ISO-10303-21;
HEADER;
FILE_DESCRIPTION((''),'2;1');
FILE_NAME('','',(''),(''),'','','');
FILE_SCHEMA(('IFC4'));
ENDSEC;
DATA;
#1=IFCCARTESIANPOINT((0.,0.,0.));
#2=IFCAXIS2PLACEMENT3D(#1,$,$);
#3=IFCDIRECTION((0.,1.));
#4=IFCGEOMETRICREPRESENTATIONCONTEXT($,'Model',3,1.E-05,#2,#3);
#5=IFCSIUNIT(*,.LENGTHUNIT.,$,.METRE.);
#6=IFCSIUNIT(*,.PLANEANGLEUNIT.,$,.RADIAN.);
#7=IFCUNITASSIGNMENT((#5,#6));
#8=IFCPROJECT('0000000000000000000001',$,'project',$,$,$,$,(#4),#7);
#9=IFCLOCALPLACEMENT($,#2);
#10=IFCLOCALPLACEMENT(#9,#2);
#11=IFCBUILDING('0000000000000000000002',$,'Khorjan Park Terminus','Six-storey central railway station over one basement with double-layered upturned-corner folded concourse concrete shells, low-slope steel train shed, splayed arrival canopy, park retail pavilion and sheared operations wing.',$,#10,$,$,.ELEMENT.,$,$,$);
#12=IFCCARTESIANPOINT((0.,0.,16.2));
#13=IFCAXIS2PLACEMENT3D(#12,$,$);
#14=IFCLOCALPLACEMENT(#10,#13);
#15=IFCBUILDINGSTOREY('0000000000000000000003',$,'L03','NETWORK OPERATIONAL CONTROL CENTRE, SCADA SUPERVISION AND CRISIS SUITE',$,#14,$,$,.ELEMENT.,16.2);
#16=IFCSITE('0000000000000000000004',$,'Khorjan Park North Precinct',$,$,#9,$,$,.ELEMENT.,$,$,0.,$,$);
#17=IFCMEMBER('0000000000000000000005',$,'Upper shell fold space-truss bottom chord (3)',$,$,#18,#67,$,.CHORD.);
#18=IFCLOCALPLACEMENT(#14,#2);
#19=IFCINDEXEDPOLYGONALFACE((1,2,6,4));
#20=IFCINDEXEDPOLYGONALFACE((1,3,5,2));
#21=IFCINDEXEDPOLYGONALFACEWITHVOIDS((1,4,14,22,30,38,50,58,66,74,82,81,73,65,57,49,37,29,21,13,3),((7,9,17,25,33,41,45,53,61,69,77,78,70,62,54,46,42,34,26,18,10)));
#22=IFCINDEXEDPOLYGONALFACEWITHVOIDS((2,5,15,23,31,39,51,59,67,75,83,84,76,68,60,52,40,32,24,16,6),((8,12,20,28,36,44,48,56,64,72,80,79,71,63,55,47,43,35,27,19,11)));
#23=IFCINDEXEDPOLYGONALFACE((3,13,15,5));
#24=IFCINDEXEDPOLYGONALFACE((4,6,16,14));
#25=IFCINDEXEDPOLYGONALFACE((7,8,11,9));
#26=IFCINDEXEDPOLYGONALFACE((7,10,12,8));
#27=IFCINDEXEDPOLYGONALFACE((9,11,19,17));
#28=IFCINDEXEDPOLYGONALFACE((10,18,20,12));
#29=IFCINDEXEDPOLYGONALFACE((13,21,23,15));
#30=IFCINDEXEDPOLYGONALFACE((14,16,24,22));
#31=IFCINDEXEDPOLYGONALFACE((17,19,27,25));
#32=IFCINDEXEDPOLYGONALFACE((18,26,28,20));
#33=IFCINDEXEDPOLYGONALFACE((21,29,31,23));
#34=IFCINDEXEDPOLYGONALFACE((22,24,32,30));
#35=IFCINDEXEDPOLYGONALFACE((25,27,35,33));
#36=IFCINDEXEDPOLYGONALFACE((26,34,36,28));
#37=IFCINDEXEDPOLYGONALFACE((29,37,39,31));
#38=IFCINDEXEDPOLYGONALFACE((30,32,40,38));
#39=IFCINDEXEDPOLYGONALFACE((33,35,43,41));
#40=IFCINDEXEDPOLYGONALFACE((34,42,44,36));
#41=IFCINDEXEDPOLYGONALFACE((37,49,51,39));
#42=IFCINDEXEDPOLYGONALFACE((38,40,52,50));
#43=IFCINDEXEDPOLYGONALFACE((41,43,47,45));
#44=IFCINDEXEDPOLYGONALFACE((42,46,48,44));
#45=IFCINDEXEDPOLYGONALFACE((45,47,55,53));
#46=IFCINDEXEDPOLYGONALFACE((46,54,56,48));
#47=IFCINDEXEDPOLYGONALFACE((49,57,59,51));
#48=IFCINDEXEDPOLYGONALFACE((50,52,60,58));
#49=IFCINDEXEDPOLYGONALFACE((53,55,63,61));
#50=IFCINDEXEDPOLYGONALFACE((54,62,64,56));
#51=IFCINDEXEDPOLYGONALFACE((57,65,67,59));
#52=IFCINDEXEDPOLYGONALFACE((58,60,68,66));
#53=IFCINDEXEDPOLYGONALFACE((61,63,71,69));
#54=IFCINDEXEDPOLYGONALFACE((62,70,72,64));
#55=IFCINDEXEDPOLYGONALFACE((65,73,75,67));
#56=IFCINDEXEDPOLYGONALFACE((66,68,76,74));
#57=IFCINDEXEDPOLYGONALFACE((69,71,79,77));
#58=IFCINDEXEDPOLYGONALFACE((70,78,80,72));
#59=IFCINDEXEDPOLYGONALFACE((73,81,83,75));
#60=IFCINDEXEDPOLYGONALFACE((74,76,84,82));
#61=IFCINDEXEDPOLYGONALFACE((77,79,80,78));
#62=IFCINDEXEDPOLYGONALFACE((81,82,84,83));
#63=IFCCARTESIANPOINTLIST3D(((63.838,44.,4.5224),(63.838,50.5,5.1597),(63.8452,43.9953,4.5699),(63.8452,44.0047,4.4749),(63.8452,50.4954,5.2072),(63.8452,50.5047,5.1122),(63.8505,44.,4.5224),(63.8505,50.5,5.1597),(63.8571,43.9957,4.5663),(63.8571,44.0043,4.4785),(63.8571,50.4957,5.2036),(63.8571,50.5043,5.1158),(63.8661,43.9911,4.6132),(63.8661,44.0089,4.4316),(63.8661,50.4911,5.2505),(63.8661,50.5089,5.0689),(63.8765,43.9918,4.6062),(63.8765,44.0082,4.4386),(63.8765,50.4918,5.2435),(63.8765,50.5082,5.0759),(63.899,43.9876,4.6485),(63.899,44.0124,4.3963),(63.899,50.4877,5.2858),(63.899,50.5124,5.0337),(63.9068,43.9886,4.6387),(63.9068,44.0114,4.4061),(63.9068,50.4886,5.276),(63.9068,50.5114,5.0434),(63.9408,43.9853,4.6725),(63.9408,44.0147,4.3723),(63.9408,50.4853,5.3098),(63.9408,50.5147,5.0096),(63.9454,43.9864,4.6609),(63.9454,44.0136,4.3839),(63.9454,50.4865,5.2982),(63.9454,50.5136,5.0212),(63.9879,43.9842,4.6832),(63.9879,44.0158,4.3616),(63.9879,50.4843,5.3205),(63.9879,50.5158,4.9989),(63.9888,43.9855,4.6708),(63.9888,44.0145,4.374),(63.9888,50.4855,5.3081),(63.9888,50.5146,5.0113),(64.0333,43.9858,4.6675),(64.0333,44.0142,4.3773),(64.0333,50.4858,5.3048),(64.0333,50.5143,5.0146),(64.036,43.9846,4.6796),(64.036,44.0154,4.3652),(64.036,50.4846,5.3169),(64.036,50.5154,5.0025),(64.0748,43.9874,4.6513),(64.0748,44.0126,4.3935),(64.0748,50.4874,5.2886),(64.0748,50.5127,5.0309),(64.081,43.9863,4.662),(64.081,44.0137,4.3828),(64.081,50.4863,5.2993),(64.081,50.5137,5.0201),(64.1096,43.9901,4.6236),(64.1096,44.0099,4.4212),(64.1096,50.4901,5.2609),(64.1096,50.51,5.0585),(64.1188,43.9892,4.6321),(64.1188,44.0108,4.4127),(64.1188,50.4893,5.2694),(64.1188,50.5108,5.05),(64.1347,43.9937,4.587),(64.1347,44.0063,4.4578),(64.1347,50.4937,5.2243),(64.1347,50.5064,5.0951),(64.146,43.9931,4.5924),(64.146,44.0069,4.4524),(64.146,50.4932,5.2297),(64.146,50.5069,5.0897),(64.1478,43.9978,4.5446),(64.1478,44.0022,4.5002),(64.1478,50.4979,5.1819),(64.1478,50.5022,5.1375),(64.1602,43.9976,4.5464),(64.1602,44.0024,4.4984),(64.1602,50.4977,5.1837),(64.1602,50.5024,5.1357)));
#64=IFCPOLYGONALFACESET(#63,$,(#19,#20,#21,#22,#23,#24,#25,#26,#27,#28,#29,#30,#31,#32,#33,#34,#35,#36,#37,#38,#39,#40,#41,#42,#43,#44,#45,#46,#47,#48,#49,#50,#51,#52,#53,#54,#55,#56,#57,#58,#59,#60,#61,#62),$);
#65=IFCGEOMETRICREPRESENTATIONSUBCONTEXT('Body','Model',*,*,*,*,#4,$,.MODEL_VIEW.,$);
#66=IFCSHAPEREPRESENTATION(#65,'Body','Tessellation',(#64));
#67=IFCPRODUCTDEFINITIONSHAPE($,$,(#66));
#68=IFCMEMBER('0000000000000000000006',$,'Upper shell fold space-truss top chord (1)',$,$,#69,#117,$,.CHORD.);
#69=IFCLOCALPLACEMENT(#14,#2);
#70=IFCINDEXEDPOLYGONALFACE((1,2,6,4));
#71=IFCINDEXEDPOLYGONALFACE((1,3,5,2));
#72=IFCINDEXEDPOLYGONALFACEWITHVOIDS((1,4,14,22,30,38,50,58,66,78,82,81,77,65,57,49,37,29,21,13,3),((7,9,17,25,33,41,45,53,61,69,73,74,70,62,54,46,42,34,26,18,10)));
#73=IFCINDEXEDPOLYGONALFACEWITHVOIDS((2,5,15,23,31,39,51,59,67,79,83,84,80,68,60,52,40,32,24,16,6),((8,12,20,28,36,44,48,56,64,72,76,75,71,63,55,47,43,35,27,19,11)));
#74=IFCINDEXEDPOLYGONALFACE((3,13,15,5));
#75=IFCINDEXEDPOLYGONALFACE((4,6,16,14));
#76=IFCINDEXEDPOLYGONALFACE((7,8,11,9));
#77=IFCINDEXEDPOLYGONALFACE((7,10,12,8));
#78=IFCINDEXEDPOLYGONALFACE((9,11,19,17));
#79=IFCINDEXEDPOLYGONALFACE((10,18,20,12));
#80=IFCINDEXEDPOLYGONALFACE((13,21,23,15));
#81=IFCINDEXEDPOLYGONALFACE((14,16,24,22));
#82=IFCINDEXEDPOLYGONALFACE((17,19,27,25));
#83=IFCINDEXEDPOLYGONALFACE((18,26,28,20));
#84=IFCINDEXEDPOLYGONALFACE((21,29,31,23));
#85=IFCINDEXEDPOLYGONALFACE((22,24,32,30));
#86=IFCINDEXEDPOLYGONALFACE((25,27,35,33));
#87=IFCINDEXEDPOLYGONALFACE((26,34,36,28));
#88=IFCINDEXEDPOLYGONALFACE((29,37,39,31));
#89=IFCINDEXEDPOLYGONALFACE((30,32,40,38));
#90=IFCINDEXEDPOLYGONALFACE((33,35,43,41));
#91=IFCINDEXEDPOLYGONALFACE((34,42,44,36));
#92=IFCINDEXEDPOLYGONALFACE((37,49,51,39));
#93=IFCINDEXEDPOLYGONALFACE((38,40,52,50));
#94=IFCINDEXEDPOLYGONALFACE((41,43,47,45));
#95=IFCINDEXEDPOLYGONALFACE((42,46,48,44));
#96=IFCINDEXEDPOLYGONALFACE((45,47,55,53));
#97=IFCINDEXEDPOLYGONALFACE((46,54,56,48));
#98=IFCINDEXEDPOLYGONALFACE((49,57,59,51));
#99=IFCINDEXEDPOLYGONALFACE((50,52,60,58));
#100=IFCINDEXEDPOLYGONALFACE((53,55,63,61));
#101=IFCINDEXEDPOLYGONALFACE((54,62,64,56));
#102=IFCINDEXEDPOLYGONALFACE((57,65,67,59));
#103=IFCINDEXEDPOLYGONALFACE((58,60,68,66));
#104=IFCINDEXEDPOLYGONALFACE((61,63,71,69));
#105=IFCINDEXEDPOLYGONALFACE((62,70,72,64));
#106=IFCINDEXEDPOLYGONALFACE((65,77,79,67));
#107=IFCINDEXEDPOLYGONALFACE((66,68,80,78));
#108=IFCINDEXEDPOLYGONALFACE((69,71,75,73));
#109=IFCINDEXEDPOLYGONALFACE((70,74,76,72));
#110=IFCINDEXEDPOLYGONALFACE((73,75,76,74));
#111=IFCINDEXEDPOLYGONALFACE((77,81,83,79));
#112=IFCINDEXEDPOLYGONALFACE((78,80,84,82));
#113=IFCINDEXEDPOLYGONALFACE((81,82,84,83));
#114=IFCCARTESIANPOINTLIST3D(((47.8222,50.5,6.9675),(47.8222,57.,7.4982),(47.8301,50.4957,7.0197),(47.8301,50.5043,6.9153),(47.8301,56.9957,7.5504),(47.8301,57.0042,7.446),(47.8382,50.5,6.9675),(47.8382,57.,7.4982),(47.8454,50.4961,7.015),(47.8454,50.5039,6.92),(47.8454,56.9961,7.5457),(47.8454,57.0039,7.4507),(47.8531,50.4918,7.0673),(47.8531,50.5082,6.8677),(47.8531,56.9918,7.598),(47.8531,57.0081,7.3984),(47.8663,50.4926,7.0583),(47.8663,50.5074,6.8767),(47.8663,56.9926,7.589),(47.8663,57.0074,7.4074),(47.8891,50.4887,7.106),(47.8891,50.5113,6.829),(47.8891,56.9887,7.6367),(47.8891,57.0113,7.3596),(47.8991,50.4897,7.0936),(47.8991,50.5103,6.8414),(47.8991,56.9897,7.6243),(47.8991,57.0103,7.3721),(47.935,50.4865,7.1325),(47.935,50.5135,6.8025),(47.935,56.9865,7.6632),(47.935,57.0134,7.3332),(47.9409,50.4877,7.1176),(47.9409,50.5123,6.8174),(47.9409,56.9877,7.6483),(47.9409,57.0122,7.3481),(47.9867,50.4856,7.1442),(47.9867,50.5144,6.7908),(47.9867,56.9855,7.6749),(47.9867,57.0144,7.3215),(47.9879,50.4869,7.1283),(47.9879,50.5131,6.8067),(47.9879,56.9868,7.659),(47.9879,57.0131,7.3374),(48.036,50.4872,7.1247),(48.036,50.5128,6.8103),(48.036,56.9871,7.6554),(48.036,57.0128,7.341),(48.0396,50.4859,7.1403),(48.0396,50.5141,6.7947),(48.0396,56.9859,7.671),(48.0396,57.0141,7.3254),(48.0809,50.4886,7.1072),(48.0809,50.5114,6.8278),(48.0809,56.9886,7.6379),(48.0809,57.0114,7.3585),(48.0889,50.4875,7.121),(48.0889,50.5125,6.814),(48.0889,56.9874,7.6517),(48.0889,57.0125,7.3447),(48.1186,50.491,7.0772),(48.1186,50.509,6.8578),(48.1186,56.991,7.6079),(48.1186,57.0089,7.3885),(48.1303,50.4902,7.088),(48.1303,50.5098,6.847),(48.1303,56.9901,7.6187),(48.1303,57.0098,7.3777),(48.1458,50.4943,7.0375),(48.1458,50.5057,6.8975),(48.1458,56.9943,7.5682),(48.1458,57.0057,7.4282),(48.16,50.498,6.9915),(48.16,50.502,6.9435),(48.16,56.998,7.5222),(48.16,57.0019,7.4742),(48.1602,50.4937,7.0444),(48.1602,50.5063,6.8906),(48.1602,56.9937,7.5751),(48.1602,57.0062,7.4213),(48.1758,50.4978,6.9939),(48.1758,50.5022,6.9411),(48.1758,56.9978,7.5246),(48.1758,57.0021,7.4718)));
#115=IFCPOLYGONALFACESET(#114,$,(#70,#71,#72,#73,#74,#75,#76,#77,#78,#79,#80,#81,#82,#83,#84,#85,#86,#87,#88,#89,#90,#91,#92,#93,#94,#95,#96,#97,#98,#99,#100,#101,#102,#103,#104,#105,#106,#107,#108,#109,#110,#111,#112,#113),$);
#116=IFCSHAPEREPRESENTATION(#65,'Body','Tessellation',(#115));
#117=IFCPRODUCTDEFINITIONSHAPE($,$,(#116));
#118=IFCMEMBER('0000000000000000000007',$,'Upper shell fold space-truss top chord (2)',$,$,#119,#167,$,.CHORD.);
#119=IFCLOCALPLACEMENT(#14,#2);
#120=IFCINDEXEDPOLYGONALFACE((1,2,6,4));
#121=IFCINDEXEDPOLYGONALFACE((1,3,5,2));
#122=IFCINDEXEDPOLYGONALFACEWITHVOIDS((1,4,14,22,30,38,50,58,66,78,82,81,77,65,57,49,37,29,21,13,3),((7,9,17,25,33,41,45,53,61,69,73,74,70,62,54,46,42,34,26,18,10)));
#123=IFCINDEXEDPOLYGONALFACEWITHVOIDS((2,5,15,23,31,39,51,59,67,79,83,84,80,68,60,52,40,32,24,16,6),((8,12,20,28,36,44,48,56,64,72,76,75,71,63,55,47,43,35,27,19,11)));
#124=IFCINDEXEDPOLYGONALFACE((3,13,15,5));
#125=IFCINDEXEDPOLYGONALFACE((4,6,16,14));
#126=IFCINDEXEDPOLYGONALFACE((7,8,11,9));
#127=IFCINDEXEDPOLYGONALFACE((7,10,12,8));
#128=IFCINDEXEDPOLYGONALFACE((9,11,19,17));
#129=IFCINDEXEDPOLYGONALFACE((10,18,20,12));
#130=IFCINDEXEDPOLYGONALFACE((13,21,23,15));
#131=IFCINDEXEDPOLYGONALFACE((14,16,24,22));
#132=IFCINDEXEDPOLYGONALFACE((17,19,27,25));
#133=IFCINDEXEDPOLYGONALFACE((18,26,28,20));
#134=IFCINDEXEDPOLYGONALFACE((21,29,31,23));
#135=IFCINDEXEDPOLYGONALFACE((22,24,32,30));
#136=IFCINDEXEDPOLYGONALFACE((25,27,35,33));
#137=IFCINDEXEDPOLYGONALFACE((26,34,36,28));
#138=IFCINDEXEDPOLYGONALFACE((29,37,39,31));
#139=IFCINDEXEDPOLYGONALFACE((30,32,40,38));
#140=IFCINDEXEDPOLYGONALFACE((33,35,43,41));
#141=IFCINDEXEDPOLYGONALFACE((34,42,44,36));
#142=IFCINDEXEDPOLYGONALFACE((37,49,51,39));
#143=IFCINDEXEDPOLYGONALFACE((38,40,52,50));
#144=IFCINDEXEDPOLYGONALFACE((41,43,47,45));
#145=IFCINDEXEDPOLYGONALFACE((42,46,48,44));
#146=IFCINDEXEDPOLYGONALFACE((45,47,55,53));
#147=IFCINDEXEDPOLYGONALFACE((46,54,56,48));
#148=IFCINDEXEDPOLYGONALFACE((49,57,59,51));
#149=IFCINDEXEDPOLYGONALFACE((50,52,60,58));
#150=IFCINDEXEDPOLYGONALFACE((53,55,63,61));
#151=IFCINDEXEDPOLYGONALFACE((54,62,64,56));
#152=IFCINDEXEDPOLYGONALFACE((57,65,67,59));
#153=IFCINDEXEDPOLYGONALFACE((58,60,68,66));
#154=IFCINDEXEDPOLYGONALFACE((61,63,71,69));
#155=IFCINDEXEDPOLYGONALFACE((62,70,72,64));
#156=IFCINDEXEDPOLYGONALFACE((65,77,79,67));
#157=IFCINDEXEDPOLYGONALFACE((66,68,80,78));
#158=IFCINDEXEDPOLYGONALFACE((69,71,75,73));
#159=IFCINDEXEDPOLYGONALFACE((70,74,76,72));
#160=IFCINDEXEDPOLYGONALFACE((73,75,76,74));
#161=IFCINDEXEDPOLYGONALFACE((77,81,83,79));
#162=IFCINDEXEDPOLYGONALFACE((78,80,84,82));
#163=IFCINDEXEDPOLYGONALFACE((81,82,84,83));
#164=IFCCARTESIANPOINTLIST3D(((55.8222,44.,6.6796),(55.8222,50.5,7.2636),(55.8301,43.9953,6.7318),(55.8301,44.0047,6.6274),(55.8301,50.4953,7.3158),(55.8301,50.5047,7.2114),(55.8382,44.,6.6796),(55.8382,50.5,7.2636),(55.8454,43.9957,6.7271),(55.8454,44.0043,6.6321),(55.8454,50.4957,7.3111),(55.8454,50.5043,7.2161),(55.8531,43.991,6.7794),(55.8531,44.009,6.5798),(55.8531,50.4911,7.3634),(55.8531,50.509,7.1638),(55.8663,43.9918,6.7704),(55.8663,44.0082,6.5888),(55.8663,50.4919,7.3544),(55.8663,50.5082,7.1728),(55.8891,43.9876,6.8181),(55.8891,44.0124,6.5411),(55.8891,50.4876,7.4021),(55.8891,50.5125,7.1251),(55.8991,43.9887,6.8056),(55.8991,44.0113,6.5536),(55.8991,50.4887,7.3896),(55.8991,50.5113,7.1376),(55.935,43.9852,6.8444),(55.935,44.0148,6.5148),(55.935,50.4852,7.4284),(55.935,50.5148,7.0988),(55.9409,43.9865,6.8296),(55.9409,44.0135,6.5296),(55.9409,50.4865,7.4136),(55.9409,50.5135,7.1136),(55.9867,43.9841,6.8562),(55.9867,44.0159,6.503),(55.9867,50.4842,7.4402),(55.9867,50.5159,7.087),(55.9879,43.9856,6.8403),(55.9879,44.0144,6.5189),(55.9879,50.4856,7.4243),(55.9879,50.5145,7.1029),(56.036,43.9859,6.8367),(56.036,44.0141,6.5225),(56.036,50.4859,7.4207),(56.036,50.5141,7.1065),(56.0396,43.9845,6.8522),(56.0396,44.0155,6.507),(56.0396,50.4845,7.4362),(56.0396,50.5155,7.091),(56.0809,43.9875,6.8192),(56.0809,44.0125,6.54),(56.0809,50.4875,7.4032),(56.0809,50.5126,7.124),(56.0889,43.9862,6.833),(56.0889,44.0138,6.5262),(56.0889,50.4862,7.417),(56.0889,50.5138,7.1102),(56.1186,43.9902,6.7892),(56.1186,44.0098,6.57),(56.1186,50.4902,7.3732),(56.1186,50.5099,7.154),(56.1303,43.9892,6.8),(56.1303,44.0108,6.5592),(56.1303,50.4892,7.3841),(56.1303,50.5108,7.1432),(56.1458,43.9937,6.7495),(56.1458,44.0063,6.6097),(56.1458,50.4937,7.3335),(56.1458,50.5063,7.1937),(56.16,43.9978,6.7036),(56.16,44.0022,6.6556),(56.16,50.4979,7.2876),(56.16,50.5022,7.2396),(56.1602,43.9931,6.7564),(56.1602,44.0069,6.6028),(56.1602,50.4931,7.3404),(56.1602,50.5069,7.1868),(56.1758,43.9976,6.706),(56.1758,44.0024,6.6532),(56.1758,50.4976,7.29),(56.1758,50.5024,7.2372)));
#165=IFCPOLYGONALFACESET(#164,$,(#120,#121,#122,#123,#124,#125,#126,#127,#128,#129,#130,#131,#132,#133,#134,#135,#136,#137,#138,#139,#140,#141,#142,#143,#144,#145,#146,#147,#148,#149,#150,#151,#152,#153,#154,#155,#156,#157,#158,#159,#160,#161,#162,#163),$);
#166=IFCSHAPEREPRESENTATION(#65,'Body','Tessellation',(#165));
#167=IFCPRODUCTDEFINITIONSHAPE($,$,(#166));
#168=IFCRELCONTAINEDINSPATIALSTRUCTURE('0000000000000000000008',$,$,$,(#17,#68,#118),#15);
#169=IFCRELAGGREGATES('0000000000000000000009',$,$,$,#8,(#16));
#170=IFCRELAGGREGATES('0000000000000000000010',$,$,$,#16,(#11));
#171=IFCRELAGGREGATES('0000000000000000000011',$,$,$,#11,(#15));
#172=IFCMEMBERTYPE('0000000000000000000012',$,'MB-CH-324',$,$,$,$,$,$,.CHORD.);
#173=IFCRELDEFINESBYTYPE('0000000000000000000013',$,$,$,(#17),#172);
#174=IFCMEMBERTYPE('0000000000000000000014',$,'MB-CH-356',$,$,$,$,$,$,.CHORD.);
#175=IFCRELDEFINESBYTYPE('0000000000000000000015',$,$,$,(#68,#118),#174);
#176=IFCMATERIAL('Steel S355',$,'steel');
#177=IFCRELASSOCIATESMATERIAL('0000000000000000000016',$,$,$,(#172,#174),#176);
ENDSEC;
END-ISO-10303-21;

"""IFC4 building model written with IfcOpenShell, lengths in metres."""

from ifc_helpers import new_model, si_unit, direction, frame, origin, origin_2d, place, context, subcontext, project, spatial, hollow_circle, extrude, material, material_profile, profile_set, type_object, element, save


model = new_model("IFC4")

# Units and contexts
model_context = context("Model", 3, precision=1e-05, world=origin(), true_north=direction((0.0, 1.0)))
body_context = subcontext(model_context, "Body", "Model", "MODEL_VIEW")
ifc_project = project(units=[si_unit("LENGTHUNIT", "METRE"), si_unit("PLANEANGLEUNIT", "RADIAN")], contexts=[model_context])

# Site, building, storey
site_placement = place(None, origin())
site = spatial("IfcSite", under=ifc_project, at=site_placement, Name="Khorjan Park North Precinct", CompositionType="ELEMENT", RefElevation=0.0)
building_placement = place(site_placement, origin())
building = spatial("IfcBuilding", under=site, at=building_placement, Name="Khorjan Park Terminus", Description="Six-storey central railway station over one basement with double-layered upturned-corner folded concourse concrete shells, low-slope steel train shed, splayed arrival canopy, park retail pavilion and sheared operations wing.", CompositionType="ELEMENT")
storey_placement = place(building_placement, frame((0.0, 0.0, 16.2)))
storey = spatial("IfcBuildingStorey", under=building, at=storey_placement, Name="L03", Description="NETWORK OPERATIONAL CONTROL CENTRE, SCADA SUPERVISION AND CRISIS SUITE", CompositionType="ELEMENT", Elevation=16.2)

# Members
ifc_material_1 = material(Name="Steel S355", Category="steel")
ifc_material_profile_1 = material_profile(ifc_material_1, hollow_circle(Radius=0.162, WallThickness=0.0125, at=origin_2d()), Name="CHS 323.9x12.5")
ifc_profile_set_1 = profile_set([ifc_material_profile_1], Name="Steel S355")
member_type_1 = type_object("IfcMemberType", Name="MB-CH-324", PredefinedType="CHORD", material=ifc_profile_set_1)
member_1_placement = place(storey_placement, frame((64.0, 44.0, 4.5224), z_axis=(0.0, 0.995228, 0.097578), x_axis=(-1.0, 0.0, 0.0)))
element("IfcMember", 1, at=member_1_placement, inside=storey, type_object=member_type_1, Name="Upper shell fold space-truss bottom chord (3)", PredefinedType="CHORD", context=body_context, shape_type="SweptSolid", body=[
    extrude(hollow_circle(Radius=0.162, WallThickness=0.0125, at=origin_2d()), origin(), (0.0, 0.0, 1.0), 6.5312),
])
ifc_material_profile_2 = material_profile(ifc_material_1, hollow_circle(Radius=0.1778, WallThickness=0.016, at=origin_2d()), Name="CHS 355.6x16")
ifc_profile_set_2 = profile_set([ifc_material_profile_2], Name="Steel S355")
member_type_2 = type_object("IfcMemberType", Name="MB-CH-356", PredefinedType="CHORD", material=ifc_profile_set_2)
member_2_placement = place(storey_placement, frame((48.0, 50.5, 6.9675), z_axis=(0.0, 0.996684, 0.081375), x_axis=(-1.0, 0.0, 0.0)))
element("IfcMember", 2, at=member_2_placement, inside=storey, type_object=member_type_2, Name="Upper shell fold space-truss top chord (1)", PredefinedType="CHORD", context=body_context, shape_type="SweptSolid", body=[
    extrude(hollow_circle(Radius=0.1778, WallThickness=0.016, at=origin_2d()), origin(), (0.0, 0.0, 1.0), 6.5216),
])
for number, where, z_axis, x_axis, name in (
    (3, (56.0, 44.0, 6.6796), (0.0, 0.995988, 0.089486), (-1.0, 0.0, 0.0), "Upper shell fold space-truss top chord (2)"),
):
    element("IfcMember", number, at=place(storey_placement, frame(where, z_axis=z_axis, x_axis=x_axis)), inside=storey, type_object=member_type_2, Name=name, PredefinedType="CHORD", context=body_context, shape_type="SweptSolid", body=[
        extrude(hollow_circle(Radius=0.1778, WallThickness=0.016, at=origin_2d()), origin(), (0.0, 0.0, 1.0), 6.5262),
    ])

save(model, "model.ifc")
